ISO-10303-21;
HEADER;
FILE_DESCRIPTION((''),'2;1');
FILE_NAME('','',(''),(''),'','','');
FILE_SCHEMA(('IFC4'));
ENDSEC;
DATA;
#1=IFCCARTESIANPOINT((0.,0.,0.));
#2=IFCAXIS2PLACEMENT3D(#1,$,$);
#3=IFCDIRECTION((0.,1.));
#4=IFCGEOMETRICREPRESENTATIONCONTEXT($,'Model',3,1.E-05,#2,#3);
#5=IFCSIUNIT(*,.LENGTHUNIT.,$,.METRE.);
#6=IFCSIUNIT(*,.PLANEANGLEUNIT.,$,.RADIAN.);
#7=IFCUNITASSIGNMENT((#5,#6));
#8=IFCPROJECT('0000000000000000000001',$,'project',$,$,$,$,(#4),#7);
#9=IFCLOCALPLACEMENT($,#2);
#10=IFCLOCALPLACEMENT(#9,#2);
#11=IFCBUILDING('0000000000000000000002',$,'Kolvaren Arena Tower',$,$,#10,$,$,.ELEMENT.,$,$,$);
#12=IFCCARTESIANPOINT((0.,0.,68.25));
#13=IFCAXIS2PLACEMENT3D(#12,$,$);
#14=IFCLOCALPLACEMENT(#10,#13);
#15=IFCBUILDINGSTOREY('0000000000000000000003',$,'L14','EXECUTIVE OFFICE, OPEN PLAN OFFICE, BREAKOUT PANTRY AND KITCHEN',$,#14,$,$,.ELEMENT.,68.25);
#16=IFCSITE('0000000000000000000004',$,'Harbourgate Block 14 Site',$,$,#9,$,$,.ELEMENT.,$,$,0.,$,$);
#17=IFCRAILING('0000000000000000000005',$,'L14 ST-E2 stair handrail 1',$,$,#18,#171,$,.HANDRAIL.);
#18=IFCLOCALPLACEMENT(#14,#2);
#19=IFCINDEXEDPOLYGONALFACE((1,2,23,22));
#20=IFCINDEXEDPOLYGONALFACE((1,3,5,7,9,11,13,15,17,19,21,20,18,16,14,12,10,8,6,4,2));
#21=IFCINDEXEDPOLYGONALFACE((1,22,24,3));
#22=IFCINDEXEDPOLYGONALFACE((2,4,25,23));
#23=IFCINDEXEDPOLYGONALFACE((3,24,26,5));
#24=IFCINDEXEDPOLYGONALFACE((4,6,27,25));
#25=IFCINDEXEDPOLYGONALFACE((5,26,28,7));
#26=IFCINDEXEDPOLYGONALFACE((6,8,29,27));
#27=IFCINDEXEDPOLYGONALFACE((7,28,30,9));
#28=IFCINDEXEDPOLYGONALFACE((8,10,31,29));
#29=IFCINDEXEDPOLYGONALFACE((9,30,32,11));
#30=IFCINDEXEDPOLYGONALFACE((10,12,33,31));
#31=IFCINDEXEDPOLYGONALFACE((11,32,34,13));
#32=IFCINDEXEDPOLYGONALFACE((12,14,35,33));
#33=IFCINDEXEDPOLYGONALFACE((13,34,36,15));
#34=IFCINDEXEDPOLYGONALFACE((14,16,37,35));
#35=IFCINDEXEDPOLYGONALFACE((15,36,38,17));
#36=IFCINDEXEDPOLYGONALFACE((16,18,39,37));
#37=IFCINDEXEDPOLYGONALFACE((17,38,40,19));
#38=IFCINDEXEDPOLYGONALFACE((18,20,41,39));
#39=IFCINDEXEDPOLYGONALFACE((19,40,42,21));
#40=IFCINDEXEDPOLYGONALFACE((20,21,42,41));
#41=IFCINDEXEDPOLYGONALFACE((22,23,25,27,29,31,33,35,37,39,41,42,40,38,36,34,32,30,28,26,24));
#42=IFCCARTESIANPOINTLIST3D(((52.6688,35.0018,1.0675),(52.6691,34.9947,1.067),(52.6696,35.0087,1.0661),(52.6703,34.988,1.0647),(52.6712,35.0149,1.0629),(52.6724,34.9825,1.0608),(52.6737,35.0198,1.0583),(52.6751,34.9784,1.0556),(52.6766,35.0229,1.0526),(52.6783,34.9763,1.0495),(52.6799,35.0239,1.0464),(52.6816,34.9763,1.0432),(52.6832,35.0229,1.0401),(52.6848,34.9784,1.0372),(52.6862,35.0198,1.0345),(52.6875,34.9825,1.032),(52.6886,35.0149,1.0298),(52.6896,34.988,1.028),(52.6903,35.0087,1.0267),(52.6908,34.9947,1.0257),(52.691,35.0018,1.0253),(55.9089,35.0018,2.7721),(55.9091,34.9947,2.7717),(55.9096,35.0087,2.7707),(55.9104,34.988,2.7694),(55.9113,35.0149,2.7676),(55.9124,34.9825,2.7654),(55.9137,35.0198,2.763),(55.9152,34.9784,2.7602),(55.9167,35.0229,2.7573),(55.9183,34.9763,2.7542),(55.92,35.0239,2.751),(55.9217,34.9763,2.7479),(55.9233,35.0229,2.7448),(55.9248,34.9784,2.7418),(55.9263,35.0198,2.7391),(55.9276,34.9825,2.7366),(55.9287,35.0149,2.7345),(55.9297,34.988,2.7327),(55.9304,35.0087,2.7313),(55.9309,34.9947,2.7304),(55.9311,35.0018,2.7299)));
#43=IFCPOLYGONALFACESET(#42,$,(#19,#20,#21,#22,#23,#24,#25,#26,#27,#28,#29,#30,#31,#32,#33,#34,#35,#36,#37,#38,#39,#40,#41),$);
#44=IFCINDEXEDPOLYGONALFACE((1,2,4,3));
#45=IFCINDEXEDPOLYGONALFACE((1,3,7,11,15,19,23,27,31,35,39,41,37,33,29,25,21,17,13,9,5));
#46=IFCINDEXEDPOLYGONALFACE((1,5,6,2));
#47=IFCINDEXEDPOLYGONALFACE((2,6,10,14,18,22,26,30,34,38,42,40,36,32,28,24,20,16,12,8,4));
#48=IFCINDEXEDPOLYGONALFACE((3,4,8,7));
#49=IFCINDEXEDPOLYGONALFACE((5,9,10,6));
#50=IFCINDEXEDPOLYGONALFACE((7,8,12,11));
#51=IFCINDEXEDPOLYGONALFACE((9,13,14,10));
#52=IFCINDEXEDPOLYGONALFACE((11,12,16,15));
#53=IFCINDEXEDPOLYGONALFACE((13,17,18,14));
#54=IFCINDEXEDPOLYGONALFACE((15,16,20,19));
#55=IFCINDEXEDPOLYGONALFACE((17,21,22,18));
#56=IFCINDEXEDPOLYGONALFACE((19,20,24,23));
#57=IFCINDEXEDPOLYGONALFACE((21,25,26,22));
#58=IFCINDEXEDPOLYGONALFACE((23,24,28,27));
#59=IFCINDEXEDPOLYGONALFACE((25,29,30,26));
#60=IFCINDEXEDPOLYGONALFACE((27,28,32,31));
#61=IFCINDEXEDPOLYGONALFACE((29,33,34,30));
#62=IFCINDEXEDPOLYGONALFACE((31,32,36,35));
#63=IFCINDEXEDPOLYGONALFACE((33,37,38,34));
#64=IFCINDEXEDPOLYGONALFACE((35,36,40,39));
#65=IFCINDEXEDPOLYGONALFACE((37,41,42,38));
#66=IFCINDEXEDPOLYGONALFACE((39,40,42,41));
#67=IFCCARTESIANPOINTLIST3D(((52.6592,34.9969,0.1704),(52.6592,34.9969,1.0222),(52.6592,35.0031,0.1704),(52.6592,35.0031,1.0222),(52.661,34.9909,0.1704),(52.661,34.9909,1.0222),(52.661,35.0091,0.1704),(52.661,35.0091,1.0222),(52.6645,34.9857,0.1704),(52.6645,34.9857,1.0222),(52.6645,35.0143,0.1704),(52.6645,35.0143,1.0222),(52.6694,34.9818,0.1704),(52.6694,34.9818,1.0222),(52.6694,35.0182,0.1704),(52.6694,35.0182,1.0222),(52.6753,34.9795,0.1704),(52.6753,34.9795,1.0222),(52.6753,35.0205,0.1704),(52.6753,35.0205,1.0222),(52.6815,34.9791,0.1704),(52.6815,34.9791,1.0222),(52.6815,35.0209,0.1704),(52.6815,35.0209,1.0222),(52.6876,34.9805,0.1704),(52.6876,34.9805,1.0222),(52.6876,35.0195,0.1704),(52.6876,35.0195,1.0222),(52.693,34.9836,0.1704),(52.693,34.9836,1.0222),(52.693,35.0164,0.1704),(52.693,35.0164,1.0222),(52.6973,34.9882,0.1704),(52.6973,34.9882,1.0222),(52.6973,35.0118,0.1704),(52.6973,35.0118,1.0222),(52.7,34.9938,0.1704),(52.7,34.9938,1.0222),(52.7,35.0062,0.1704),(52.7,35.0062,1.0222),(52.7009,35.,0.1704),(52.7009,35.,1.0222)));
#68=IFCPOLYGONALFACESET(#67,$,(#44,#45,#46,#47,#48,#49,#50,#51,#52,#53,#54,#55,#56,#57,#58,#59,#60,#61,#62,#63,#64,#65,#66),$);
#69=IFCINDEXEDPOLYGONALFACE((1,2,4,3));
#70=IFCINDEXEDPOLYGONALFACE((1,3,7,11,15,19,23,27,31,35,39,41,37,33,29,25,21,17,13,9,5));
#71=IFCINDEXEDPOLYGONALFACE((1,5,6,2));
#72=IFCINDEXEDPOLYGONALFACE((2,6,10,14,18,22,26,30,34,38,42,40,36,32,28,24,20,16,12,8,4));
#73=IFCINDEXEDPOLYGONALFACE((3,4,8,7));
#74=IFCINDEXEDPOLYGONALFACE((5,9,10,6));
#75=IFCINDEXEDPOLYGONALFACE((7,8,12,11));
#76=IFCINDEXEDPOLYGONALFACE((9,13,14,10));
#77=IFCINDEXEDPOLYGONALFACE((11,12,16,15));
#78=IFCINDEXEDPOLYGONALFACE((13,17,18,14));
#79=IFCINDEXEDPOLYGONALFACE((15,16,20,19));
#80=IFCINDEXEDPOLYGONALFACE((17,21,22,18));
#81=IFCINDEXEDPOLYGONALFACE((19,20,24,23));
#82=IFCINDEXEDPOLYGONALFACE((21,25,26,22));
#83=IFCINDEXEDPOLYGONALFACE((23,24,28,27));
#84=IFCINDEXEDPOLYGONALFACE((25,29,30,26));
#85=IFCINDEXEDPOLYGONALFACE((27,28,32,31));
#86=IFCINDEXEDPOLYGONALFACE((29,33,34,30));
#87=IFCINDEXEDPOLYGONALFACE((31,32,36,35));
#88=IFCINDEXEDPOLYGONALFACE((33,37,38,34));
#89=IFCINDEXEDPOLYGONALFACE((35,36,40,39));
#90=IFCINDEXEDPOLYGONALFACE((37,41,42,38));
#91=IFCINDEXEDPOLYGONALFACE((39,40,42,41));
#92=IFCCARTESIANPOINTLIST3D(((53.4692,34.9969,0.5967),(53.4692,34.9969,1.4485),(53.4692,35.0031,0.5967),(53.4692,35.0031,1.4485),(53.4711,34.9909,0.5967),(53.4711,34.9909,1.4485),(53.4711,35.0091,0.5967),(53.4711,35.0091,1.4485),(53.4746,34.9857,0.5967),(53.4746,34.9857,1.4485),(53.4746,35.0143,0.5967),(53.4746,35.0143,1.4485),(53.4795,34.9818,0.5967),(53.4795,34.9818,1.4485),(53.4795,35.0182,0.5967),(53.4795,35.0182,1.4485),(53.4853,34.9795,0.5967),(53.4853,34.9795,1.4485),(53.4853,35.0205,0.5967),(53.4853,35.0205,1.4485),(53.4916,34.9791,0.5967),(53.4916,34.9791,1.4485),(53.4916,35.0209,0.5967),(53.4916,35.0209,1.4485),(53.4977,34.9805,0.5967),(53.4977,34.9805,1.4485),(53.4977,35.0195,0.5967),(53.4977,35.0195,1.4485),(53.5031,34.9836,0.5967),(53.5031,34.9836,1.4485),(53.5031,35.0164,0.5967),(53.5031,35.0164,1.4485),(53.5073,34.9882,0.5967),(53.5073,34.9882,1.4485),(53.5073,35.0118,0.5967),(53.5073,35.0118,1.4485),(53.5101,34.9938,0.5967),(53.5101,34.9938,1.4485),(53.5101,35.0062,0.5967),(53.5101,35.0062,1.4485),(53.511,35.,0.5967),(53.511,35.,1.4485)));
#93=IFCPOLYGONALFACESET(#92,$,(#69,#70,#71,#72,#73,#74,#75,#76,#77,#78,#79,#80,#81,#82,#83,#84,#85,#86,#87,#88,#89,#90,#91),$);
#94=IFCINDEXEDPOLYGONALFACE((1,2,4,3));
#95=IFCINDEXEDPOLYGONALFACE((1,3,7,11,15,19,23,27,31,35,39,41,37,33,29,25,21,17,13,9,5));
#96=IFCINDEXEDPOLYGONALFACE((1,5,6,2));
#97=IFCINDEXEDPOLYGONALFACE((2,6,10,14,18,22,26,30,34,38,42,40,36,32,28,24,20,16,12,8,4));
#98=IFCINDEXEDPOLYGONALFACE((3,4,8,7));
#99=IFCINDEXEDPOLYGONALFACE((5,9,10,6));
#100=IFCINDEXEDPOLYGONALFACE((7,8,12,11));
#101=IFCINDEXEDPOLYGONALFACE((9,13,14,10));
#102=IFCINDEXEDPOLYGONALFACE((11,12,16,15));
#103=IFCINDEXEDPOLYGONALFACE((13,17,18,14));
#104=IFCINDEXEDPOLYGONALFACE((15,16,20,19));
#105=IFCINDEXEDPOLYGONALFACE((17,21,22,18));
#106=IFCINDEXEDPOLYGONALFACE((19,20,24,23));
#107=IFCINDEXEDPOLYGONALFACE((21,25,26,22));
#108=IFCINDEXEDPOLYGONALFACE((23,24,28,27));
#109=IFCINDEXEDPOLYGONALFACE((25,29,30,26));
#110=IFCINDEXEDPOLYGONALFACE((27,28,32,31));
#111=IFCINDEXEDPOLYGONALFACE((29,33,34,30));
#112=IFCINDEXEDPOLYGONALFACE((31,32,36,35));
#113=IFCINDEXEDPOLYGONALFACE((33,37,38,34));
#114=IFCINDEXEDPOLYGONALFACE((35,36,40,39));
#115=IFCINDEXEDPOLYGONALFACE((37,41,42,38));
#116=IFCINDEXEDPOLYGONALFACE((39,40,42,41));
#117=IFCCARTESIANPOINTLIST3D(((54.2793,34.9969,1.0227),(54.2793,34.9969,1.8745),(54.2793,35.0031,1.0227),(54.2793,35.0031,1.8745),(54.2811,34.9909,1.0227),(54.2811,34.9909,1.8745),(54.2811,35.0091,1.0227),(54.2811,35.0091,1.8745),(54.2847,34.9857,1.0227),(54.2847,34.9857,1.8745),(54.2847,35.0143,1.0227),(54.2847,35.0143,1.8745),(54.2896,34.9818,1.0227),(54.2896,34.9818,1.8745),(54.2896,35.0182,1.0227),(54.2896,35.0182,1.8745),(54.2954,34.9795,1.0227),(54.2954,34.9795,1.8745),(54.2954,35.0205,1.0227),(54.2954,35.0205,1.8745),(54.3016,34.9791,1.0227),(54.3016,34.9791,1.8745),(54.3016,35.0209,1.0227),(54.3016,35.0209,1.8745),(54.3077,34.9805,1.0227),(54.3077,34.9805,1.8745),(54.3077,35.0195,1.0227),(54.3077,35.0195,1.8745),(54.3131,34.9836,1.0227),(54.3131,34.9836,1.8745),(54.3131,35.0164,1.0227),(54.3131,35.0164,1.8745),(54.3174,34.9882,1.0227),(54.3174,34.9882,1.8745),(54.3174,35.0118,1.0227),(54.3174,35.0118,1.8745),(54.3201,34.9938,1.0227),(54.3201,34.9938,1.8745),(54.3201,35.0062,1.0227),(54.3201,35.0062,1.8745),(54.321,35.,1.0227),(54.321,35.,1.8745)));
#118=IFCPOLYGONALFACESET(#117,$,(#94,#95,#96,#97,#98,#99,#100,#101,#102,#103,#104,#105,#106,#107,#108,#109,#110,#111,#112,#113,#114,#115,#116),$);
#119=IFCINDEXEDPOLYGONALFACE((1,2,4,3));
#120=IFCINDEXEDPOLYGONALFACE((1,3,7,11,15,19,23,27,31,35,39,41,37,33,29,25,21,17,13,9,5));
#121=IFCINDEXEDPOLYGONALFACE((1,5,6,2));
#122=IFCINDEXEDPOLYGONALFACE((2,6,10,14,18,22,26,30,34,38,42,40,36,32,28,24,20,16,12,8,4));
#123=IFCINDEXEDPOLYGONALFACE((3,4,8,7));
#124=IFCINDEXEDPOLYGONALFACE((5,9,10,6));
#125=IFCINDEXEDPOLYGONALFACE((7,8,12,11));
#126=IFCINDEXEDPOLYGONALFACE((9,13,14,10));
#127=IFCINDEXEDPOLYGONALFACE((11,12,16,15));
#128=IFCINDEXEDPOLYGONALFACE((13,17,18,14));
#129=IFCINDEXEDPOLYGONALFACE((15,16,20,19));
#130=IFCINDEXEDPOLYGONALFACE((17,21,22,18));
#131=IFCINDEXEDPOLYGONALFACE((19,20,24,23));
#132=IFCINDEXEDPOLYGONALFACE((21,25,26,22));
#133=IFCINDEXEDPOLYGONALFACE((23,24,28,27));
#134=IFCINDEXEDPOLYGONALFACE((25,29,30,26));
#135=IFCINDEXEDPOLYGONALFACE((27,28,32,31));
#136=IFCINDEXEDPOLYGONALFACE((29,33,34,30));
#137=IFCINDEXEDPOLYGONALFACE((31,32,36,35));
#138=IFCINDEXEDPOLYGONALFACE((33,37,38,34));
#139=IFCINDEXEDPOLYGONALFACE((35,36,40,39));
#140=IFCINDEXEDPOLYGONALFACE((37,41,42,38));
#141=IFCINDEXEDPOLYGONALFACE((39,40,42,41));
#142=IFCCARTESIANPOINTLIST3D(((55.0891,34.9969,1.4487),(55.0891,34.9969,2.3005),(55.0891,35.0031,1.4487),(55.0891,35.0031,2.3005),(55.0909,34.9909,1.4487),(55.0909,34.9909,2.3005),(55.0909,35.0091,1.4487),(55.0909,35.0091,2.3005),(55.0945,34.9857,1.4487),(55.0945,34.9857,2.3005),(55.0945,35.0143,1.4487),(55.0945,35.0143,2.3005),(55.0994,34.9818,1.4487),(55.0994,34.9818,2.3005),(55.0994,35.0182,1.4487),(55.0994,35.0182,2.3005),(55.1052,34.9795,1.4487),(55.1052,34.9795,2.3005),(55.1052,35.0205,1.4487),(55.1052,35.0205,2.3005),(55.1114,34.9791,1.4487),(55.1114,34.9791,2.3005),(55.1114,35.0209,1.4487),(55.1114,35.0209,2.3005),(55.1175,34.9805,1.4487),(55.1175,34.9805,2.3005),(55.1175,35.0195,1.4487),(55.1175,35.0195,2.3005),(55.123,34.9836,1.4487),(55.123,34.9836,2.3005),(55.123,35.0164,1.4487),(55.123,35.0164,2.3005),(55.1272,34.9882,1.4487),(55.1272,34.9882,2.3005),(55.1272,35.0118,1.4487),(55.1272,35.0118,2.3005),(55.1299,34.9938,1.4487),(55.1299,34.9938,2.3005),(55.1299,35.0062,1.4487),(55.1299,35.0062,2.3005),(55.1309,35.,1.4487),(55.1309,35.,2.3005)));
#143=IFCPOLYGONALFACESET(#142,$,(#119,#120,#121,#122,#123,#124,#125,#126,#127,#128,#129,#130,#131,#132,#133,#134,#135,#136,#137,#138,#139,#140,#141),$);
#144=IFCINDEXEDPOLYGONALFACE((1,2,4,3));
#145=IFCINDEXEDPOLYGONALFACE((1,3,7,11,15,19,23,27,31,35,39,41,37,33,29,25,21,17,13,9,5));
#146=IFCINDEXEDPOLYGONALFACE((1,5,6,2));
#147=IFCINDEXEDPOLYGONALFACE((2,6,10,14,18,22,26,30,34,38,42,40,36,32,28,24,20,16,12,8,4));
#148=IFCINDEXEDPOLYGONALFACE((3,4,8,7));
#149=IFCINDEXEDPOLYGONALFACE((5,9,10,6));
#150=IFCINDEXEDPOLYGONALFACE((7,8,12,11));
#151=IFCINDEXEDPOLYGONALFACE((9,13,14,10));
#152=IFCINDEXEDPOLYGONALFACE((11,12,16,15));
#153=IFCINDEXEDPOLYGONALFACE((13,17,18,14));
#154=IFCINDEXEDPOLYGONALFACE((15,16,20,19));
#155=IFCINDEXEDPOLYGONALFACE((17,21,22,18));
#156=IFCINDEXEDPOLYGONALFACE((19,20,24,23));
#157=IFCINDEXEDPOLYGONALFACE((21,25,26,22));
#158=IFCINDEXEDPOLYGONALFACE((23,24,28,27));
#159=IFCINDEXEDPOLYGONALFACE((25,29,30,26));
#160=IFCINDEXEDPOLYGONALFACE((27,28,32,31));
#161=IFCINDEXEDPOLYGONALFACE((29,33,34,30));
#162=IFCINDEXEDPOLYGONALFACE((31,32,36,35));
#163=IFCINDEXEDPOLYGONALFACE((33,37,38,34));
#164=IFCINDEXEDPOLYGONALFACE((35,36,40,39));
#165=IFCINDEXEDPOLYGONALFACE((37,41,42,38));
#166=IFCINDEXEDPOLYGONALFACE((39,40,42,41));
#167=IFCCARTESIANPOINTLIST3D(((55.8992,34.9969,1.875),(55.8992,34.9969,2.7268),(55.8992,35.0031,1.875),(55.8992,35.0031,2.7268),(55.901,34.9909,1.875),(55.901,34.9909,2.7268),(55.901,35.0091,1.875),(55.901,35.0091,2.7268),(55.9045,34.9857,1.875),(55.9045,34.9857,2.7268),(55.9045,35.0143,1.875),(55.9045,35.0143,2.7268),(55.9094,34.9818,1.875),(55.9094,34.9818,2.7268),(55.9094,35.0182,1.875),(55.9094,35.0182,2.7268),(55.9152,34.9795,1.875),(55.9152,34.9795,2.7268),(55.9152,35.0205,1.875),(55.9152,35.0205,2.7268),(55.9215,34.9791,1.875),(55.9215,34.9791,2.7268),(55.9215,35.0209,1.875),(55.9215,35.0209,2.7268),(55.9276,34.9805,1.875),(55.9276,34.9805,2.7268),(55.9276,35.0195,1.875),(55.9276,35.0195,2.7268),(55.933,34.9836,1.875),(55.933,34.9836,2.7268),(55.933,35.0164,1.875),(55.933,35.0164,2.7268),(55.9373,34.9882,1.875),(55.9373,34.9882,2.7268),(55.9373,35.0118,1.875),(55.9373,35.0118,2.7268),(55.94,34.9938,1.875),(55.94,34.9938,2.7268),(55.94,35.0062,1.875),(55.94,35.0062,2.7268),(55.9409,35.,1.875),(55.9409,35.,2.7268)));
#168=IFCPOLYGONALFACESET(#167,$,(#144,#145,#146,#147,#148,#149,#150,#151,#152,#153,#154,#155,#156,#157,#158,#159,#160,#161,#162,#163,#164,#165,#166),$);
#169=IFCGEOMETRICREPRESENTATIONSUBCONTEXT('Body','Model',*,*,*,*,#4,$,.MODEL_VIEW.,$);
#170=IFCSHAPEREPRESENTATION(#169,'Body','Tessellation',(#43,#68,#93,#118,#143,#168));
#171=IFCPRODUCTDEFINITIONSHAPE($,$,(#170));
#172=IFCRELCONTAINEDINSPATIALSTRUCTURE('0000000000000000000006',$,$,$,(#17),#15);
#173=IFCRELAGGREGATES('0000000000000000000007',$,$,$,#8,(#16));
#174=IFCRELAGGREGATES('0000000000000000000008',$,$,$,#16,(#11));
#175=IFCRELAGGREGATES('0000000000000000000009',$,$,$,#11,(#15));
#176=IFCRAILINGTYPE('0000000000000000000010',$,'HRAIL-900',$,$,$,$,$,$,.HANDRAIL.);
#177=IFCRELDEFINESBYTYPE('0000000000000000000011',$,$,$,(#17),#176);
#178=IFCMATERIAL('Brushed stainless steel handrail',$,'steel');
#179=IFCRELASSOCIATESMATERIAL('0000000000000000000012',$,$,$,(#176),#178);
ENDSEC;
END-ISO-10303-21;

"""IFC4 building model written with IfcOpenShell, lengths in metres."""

from ifc_helpers import new_model, si_unit, direction, frame, origin, origin_2d, place, context, subcontext, project, spatial, circle, extrude, material, type_object, element, save


model = new_model("IFC4")

# Units and contexts
model_context = context("Model", 3, precision=1e-05, world=origin(), true_north=direction((0.0, 1.0)))
body_context = subcontext(model_context, "Body", "Model", "MODEL_VIEW")
ifc_project = project(units=[si_unit("LENGTHUNIT", "METRE"), si_unit("PLANEANGLEUNIT", "RADIAN")], contexts=[model_context])

# Site, building, storey
site_placement = place(None, origin())
site = spatial("IfcSite", under=ifc_project, at=site_placement, Name="Harbourgate Block 14 Site", CompositionType="ELEMENT", RefElevation=0.0)
building_placement = place(site_placement, origin())
building = spatial("IfcBuilding", under=site, at=building_placement, Name="Kolvaren Arena Tower", CompositionType="ELEMENT")
storey_placement = place(building_placement, frame((0.0, 0.0, 68.25)))
storey = spatial("IfcBuildingStorey", under=building, at=storey_placement, Name="L14", Description="EXECUTIVE OFFICE, OPEN PLAN OFFICE, BREAKOUT PANTRY AND KITCHEN", CompositionType="ELEMENT", Elevation=68.25)

# Railing
ifc_material_1 = material(Name="Brushed stainless steel handrail", Category="steel")
railing_type_1 = type_object("IfcRailingType", Name="HRAIL-900", PredefinedType="HANDRAIL", material=ifc_material_1)
for number, where, name in (
    (1, (52.6799, 35.0, 0.1704), "L14 ST-E2 stair handrail 1"),
):
    element("IfcRailing", number, at=place(storey_placement, frame(where)), inside=storey, type_object=railing_type_1, Name=name, PredefinedType="HANDRAIL", context=body_context, shape_type="SweptSolid", body=[
        extrude(circle(Radius=0.0239, at=origin_2d()), frame((0.0, 0.0, 0.876), z_axis=(0.884993, 0.0, 0.465604), x_axis=(0.0, 1.0, 0.0)), (0.0, 0.0, 1.0), 3.6611),
        extrude(circle(Radius=0.021, at=origin_2d()), origin(), (0.0, 0.0, 1.0), 0.8518),
        extrude(circle(Radius=0.021, at=origin_2d()), frame((0.8101, 0.0, 0.4263)), (0.0, 0.0, 1.0), 0.8518),
        extrude(circle(Radius=0.021, at=origin_2d()), frame((1.6201, 0.0, 0.8523)), (0.0, 0.0, 1.0), 0.8518),
        extrude(circle(Radius=0.021, at=origin_2d()), frame((2.4299, 0.0, 1.2783)), (0.0, 0.0, 1.0), 0.8518),
        extrude(circle(Radius=0.021, at=origin_2d()), frame((3.24, 0.0, 1.7046)), (0.0, 0.0, 1.0), 0.8518),
    ])

save(model, "model.ifc")
